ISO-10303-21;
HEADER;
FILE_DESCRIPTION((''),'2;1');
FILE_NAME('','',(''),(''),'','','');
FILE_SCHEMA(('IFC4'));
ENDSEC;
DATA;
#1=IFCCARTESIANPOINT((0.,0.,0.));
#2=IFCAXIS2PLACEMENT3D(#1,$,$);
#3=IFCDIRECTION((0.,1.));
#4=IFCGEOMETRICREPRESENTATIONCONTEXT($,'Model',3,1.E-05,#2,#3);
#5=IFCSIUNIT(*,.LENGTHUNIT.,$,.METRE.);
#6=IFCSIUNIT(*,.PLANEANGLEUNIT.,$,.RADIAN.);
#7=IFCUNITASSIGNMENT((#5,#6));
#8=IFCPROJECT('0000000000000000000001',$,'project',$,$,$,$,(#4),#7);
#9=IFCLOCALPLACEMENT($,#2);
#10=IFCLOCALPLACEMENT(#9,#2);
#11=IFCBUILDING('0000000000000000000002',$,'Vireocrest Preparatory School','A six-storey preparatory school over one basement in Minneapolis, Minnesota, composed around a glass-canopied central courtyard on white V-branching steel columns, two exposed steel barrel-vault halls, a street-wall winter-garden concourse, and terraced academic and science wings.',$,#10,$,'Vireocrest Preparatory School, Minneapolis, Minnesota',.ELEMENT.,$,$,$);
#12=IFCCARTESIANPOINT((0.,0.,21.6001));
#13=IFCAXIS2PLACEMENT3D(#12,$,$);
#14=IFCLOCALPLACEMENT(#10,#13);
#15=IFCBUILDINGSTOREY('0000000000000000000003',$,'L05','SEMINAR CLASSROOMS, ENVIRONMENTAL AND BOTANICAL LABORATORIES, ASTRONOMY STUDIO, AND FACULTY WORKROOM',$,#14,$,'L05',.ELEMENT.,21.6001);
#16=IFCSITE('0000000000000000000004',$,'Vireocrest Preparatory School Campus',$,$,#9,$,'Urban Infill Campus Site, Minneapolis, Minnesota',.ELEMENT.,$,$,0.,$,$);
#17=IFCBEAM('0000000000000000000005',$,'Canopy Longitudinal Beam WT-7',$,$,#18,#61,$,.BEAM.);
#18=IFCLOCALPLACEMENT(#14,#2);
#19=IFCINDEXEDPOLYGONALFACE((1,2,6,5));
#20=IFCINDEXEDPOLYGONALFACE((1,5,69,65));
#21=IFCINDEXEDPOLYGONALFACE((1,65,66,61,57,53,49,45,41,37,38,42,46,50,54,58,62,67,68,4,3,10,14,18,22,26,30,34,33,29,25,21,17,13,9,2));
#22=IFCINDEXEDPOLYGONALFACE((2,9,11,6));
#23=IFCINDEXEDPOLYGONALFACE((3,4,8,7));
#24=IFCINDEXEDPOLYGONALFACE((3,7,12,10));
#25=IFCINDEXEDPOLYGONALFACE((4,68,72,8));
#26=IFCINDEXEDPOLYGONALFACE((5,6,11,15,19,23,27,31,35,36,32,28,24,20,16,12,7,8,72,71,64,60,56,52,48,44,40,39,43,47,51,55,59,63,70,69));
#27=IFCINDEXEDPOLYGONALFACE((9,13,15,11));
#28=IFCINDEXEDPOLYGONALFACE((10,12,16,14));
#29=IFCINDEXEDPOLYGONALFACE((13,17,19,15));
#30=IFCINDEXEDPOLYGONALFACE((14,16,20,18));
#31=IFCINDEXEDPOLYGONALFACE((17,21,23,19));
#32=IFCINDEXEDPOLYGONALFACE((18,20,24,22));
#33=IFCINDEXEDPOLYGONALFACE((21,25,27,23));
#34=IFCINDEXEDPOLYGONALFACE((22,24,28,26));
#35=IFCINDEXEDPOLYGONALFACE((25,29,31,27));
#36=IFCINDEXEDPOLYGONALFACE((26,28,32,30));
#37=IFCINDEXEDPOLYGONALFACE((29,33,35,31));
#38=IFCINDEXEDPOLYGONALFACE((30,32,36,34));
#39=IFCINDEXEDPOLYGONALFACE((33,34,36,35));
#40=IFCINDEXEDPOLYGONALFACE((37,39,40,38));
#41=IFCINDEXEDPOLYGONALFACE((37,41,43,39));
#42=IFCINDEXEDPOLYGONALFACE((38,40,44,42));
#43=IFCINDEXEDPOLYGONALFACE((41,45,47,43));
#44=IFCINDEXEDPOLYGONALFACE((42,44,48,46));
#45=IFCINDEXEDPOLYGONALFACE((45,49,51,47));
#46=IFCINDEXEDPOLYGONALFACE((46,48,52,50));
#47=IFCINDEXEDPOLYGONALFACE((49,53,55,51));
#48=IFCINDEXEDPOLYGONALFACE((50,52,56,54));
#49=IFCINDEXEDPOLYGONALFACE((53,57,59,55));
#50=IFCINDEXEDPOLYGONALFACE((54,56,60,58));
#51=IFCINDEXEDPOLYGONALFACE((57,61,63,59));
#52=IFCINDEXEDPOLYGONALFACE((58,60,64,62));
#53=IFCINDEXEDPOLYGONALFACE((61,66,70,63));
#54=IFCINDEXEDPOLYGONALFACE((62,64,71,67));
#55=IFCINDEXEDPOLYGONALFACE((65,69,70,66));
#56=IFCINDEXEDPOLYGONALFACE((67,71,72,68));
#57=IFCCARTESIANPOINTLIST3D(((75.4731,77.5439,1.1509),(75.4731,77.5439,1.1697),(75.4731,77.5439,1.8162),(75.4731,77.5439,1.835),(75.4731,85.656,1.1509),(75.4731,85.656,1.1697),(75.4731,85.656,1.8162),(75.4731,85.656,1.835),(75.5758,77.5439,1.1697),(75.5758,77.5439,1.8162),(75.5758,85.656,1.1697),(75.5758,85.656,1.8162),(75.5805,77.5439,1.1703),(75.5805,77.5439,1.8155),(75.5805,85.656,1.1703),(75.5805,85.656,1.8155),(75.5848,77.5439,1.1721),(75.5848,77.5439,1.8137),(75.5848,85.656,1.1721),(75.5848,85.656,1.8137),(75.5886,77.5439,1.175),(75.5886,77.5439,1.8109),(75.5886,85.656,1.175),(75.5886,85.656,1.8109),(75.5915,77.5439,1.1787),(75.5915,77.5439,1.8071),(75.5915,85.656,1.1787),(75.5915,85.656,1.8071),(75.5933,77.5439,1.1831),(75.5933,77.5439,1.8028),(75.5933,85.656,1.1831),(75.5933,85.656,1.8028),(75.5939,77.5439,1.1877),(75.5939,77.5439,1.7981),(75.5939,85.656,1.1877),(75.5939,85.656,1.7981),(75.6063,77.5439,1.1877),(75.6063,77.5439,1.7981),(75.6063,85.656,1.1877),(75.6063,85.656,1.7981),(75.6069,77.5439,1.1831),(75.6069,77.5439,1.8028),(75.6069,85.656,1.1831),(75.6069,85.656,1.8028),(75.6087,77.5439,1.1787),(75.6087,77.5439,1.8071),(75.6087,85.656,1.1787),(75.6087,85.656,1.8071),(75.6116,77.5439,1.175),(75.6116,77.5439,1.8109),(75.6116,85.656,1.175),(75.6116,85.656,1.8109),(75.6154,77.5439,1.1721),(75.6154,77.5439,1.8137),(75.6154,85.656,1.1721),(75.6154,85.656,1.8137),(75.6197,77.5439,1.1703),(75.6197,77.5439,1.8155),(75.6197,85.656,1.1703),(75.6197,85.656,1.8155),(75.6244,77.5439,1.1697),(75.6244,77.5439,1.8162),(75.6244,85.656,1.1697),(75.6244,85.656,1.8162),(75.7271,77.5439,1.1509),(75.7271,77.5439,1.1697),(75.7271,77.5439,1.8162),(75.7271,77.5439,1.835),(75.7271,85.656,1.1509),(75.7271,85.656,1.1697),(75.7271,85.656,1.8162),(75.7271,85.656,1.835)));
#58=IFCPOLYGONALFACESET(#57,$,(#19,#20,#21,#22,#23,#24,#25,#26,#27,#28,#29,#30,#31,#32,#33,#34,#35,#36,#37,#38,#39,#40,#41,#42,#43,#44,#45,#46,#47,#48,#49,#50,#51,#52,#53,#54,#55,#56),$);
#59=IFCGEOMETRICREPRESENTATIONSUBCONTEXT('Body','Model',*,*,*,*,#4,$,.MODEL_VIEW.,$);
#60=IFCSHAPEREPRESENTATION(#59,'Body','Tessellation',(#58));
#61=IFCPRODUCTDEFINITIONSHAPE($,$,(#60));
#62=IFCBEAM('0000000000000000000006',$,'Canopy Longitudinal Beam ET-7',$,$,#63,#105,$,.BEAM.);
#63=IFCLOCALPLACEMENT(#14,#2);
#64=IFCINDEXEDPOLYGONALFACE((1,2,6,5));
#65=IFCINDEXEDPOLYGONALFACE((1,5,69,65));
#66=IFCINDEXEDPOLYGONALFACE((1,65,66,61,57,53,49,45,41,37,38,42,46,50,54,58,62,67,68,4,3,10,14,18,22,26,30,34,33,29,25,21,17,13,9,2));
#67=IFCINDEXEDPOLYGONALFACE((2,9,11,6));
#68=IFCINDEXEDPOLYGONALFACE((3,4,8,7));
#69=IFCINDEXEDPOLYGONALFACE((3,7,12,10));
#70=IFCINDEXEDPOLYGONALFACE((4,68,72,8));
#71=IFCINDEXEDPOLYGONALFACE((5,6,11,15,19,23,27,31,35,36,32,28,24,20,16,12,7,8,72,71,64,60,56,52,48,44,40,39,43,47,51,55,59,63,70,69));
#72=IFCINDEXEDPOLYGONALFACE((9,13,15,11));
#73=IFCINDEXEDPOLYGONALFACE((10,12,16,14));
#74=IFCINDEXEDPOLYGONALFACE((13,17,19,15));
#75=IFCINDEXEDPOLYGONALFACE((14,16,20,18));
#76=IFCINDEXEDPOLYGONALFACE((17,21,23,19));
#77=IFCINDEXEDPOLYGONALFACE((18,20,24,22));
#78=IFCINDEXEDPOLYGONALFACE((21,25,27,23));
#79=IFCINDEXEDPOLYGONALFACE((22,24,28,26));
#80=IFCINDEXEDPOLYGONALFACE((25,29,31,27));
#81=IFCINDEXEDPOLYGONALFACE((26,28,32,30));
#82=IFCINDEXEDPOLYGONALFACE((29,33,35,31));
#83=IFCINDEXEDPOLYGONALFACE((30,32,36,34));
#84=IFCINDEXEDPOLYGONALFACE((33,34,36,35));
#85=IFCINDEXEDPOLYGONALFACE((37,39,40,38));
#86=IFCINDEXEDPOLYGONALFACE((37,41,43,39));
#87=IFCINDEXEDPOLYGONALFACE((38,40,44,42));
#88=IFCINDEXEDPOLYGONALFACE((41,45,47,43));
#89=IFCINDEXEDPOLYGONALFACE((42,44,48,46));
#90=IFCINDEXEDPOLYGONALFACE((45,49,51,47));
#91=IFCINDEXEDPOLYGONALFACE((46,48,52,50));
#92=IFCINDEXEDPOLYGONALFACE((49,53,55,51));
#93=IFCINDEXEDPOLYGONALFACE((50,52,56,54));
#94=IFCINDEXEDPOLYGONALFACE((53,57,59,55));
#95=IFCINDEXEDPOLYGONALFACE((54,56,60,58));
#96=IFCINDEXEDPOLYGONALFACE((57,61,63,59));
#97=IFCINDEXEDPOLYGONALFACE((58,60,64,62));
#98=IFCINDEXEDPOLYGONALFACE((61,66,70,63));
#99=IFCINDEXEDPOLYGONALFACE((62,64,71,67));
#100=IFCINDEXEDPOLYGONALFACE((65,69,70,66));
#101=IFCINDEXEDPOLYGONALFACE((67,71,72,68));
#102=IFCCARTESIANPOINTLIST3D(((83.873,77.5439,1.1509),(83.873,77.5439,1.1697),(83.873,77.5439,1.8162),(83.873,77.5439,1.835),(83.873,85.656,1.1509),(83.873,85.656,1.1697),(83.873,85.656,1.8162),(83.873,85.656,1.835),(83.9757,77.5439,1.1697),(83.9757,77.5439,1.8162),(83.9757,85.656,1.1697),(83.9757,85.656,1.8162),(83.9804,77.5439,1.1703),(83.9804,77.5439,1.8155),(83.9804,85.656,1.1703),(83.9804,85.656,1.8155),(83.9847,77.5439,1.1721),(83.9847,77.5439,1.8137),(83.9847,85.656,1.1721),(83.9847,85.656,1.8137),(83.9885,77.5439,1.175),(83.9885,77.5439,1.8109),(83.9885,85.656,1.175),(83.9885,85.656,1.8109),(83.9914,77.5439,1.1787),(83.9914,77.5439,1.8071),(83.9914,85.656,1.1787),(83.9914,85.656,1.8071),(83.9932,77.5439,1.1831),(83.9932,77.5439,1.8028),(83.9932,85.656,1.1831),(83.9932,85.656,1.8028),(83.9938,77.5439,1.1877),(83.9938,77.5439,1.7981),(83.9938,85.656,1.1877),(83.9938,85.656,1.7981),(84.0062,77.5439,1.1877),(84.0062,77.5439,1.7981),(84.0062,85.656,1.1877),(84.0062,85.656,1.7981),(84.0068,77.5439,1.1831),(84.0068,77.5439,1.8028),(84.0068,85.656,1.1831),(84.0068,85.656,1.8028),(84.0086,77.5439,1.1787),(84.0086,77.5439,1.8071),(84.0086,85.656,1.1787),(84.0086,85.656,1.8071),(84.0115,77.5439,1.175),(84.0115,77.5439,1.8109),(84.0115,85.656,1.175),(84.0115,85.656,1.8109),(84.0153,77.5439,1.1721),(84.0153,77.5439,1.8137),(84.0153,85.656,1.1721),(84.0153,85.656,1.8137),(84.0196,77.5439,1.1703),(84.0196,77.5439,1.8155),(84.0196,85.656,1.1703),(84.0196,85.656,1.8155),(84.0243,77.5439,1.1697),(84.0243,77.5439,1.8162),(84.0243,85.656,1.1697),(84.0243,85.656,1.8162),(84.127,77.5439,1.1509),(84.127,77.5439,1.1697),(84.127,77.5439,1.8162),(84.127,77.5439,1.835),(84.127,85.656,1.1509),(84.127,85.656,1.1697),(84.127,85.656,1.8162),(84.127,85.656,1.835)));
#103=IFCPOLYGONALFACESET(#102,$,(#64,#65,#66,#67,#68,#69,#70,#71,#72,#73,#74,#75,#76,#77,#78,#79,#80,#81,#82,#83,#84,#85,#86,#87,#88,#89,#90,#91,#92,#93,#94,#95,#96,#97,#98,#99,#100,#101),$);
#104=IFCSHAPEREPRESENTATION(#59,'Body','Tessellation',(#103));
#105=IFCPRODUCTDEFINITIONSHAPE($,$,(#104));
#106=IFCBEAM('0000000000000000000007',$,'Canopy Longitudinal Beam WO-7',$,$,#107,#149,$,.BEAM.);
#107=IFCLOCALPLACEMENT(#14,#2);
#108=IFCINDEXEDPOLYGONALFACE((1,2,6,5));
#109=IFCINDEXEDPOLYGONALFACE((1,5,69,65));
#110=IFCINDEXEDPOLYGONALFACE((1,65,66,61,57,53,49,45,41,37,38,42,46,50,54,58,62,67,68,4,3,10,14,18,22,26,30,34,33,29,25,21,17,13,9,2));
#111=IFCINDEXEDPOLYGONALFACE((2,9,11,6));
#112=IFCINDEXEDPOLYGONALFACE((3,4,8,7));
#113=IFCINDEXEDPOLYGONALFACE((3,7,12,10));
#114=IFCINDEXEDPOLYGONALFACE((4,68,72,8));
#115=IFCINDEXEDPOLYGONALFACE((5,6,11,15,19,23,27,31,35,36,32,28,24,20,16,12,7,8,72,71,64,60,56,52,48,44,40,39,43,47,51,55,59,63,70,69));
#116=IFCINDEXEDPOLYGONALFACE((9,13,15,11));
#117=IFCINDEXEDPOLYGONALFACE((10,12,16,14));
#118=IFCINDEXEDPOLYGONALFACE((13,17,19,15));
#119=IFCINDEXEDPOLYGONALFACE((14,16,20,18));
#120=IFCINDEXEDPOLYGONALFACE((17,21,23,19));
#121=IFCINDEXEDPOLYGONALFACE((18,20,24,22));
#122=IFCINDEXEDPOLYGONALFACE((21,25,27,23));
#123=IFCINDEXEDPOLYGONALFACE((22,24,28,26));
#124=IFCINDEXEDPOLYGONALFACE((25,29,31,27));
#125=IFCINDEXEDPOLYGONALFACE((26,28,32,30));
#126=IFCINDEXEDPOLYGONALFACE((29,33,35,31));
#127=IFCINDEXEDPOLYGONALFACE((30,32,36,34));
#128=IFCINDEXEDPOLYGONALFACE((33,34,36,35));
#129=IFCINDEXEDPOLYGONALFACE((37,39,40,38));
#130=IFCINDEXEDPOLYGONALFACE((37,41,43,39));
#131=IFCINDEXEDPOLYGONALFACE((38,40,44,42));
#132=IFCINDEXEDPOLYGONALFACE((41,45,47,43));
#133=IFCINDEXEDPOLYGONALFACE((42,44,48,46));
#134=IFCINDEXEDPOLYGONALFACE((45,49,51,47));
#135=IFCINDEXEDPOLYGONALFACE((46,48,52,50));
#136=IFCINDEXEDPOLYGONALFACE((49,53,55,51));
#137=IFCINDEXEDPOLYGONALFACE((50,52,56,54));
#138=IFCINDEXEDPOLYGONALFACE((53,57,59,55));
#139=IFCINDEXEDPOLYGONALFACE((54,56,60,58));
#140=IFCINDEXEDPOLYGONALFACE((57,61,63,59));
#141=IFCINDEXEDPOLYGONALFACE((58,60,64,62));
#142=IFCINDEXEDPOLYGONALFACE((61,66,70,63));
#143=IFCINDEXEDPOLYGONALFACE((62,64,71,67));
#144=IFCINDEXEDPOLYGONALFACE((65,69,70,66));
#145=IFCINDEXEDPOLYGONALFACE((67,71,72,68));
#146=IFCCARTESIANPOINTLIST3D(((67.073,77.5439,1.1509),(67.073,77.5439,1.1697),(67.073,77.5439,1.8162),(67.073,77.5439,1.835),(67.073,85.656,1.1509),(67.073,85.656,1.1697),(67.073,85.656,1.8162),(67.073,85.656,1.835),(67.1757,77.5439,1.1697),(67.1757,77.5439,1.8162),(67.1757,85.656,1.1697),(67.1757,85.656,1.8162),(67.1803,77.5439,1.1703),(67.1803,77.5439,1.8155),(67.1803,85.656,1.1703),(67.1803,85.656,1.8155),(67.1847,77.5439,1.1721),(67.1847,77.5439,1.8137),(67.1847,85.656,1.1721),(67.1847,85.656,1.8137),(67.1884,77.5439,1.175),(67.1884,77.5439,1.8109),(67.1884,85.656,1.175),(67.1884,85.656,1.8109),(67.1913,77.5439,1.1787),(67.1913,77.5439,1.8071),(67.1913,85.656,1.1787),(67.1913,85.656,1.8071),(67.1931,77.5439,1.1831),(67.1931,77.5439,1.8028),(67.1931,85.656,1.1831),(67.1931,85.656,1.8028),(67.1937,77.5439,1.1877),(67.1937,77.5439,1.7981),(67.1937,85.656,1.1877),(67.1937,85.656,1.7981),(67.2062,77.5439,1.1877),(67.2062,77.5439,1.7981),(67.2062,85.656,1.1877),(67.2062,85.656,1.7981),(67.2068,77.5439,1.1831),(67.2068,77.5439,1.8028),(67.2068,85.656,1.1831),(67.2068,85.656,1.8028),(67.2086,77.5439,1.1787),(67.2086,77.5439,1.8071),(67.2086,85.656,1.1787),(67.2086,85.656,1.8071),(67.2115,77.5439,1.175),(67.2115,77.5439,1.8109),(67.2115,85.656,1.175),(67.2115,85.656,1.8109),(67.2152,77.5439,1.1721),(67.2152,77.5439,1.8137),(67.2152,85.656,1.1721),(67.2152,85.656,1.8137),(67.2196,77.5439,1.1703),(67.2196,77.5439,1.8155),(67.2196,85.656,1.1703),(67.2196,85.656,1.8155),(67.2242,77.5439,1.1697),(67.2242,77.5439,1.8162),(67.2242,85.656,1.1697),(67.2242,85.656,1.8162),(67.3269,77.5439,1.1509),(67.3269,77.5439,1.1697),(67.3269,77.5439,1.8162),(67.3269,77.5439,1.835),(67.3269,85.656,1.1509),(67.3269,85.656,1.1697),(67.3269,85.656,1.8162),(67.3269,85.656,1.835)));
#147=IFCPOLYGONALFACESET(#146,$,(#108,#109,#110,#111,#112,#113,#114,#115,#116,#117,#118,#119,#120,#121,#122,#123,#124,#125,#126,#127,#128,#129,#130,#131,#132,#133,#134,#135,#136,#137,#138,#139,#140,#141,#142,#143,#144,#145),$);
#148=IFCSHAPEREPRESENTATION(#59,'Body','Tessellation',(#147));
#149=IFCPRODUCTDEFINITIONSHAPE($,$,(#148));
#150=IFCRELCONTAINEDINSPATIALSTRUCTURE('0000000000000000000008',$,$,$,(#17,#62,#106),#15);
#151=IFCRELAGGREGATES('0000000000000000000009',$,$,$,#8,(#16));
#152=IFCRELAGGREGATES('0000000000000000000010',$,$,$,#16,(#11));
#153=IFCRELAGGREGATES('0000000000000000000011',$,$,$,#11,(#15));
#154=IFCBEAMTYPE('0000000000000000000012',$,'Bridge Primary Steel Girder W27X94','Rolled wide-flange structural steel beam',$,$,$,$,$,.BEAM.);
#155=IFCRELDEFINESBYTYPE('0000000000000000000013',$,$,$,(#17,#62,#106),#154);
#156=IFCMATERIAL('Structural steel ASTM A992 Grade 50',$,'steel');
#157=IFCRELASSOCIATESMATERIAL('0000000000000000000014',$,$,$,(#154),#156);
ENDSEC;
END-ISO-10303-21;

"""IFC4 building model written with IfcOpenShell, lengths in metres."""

from ifc_helpers import new_model, si_unit, direction, frame, origin, origin_2d, place, context, subcontext, project, spatial, i_section, extrude, material, material_profile, profile_set, type_object, element, save


model = new_model("IFC4")

# Units and contexts
model_context = context("Model", 3, precision=1e-05, world=origin(), true_north=direction((0.0, 1.0)))
body_context = subcontext(model_context, "Body", "Model", "MODEL_VIEW")
ifc_project = project(units=[si_unit("LENGTHUNIT", "METRE"), si_unit("PLANEANGLEUNIT", "RADIAN")], contexts=[model_context])

# Site, building, storey
site_placement = place(None, origin())
site = spatial("IfcSite", under=ifc_project, at=site_placement, Name="Vireocrest Preparatory School Campus", LongName="Urban Infill Campus Site, Minneapolis, Minnesota", CompositionType="ELEMENT", RefElevation=0.0)
building_placement = place(site_placement, origin())
building = spatial("IfcBuilding", under=site, at=building_placement, Name="Vireocrest Preparatory School", Description="A six-storey preparatory school over one basement in Minneapolis, Minnesota, composed around a glass-canopied central courtyard on white V-branching steel columns, two exposed steel barrel-vault halls, a street-wall winter-garden concourse, and terraced academic and science wings.", LongName="Vireocrest Preparatory School, Minneapolis, Minnesota", CompositionType="ELEMENT")
storey_placement = place(building_placement, frame((0.0, 0.0, 21.6001)))
storey = spatial("IfcBuildingStorey", under=building, at=storey_placement, Name="L05", Description="SEMINAR CLASSROOMS, ENVIRONMENTAL AND BOTANICAL LABORATORIES, ASTRONOMY STUDIO, AND FACULTY WORKROOM", LongName="L05", CompositionType="ELEMENT", Elevation=21.6001)

# Beams
ifc_material_1 = material(Name="Structural steel ASTM A992 Grade 50", Category="steel")
ifc_material_profile_1 = material_profile(ifc_material_1, i_section(OverallWidth=0.2539, OverallDepth=0.6841, WebThickness=0.0125, FlangeThickness=0.0188, FilletRadius=0.0181, at=origin_2d()), Name="W27X94")
ifc_profile_set_1 = profile_set([ifc_material_profile_1], Name="Structural steel ASTM A992 Grade 50")
beam_type_1 = type_object("IfcBeamType", Name="Bridge Primary Steel Girder W27X94", Description="Rolled wide-flange structural steel beam", PredefinedType="BEAM", material=ifc_profile_set_1)
for number, where, z_axis, x_axis, name in (
    (1, (75.6001, 77.5439, 1.4929), (0.0, 1.0, 0.0), (-1.0, 0.0, 0.0), "Canopy Longitudinal Beam WT-7"),
    (2, (84.0, 77.5439, 1.4929), (0.0, 1.0, 0.0), (-1.0, 0.0, 0.0), "Canopy Longitudinal Beam ET-7"),
    (3, (67.2, 77.5439, 1.4929), (0.0, 1.0, 0.0), (-1.0, 0.0, 0.0), "Canopy Longitudinal Beam WO-7"),
):
    element("IfcBeam", number, at=place(storey_placement, frame(where, z_axis=z_axis, x_axis=x_axis)), inside=storey, type_object=beam_type_1, Name=name, PredefinedType="BEAM", context=body_context, shape_type="SweptSolid", body=[
        extrude(i_section(OverallWidth=0.2539, OverallDepth=0.6841, WebThickness=0.0125, FlangeThickness=0.0188, FilletRadius=0.0181, at=origin_2d()), origin(), (0.0, 0.0, 1.0), 8.1121),
    ])

save(model, "model.ifc")
